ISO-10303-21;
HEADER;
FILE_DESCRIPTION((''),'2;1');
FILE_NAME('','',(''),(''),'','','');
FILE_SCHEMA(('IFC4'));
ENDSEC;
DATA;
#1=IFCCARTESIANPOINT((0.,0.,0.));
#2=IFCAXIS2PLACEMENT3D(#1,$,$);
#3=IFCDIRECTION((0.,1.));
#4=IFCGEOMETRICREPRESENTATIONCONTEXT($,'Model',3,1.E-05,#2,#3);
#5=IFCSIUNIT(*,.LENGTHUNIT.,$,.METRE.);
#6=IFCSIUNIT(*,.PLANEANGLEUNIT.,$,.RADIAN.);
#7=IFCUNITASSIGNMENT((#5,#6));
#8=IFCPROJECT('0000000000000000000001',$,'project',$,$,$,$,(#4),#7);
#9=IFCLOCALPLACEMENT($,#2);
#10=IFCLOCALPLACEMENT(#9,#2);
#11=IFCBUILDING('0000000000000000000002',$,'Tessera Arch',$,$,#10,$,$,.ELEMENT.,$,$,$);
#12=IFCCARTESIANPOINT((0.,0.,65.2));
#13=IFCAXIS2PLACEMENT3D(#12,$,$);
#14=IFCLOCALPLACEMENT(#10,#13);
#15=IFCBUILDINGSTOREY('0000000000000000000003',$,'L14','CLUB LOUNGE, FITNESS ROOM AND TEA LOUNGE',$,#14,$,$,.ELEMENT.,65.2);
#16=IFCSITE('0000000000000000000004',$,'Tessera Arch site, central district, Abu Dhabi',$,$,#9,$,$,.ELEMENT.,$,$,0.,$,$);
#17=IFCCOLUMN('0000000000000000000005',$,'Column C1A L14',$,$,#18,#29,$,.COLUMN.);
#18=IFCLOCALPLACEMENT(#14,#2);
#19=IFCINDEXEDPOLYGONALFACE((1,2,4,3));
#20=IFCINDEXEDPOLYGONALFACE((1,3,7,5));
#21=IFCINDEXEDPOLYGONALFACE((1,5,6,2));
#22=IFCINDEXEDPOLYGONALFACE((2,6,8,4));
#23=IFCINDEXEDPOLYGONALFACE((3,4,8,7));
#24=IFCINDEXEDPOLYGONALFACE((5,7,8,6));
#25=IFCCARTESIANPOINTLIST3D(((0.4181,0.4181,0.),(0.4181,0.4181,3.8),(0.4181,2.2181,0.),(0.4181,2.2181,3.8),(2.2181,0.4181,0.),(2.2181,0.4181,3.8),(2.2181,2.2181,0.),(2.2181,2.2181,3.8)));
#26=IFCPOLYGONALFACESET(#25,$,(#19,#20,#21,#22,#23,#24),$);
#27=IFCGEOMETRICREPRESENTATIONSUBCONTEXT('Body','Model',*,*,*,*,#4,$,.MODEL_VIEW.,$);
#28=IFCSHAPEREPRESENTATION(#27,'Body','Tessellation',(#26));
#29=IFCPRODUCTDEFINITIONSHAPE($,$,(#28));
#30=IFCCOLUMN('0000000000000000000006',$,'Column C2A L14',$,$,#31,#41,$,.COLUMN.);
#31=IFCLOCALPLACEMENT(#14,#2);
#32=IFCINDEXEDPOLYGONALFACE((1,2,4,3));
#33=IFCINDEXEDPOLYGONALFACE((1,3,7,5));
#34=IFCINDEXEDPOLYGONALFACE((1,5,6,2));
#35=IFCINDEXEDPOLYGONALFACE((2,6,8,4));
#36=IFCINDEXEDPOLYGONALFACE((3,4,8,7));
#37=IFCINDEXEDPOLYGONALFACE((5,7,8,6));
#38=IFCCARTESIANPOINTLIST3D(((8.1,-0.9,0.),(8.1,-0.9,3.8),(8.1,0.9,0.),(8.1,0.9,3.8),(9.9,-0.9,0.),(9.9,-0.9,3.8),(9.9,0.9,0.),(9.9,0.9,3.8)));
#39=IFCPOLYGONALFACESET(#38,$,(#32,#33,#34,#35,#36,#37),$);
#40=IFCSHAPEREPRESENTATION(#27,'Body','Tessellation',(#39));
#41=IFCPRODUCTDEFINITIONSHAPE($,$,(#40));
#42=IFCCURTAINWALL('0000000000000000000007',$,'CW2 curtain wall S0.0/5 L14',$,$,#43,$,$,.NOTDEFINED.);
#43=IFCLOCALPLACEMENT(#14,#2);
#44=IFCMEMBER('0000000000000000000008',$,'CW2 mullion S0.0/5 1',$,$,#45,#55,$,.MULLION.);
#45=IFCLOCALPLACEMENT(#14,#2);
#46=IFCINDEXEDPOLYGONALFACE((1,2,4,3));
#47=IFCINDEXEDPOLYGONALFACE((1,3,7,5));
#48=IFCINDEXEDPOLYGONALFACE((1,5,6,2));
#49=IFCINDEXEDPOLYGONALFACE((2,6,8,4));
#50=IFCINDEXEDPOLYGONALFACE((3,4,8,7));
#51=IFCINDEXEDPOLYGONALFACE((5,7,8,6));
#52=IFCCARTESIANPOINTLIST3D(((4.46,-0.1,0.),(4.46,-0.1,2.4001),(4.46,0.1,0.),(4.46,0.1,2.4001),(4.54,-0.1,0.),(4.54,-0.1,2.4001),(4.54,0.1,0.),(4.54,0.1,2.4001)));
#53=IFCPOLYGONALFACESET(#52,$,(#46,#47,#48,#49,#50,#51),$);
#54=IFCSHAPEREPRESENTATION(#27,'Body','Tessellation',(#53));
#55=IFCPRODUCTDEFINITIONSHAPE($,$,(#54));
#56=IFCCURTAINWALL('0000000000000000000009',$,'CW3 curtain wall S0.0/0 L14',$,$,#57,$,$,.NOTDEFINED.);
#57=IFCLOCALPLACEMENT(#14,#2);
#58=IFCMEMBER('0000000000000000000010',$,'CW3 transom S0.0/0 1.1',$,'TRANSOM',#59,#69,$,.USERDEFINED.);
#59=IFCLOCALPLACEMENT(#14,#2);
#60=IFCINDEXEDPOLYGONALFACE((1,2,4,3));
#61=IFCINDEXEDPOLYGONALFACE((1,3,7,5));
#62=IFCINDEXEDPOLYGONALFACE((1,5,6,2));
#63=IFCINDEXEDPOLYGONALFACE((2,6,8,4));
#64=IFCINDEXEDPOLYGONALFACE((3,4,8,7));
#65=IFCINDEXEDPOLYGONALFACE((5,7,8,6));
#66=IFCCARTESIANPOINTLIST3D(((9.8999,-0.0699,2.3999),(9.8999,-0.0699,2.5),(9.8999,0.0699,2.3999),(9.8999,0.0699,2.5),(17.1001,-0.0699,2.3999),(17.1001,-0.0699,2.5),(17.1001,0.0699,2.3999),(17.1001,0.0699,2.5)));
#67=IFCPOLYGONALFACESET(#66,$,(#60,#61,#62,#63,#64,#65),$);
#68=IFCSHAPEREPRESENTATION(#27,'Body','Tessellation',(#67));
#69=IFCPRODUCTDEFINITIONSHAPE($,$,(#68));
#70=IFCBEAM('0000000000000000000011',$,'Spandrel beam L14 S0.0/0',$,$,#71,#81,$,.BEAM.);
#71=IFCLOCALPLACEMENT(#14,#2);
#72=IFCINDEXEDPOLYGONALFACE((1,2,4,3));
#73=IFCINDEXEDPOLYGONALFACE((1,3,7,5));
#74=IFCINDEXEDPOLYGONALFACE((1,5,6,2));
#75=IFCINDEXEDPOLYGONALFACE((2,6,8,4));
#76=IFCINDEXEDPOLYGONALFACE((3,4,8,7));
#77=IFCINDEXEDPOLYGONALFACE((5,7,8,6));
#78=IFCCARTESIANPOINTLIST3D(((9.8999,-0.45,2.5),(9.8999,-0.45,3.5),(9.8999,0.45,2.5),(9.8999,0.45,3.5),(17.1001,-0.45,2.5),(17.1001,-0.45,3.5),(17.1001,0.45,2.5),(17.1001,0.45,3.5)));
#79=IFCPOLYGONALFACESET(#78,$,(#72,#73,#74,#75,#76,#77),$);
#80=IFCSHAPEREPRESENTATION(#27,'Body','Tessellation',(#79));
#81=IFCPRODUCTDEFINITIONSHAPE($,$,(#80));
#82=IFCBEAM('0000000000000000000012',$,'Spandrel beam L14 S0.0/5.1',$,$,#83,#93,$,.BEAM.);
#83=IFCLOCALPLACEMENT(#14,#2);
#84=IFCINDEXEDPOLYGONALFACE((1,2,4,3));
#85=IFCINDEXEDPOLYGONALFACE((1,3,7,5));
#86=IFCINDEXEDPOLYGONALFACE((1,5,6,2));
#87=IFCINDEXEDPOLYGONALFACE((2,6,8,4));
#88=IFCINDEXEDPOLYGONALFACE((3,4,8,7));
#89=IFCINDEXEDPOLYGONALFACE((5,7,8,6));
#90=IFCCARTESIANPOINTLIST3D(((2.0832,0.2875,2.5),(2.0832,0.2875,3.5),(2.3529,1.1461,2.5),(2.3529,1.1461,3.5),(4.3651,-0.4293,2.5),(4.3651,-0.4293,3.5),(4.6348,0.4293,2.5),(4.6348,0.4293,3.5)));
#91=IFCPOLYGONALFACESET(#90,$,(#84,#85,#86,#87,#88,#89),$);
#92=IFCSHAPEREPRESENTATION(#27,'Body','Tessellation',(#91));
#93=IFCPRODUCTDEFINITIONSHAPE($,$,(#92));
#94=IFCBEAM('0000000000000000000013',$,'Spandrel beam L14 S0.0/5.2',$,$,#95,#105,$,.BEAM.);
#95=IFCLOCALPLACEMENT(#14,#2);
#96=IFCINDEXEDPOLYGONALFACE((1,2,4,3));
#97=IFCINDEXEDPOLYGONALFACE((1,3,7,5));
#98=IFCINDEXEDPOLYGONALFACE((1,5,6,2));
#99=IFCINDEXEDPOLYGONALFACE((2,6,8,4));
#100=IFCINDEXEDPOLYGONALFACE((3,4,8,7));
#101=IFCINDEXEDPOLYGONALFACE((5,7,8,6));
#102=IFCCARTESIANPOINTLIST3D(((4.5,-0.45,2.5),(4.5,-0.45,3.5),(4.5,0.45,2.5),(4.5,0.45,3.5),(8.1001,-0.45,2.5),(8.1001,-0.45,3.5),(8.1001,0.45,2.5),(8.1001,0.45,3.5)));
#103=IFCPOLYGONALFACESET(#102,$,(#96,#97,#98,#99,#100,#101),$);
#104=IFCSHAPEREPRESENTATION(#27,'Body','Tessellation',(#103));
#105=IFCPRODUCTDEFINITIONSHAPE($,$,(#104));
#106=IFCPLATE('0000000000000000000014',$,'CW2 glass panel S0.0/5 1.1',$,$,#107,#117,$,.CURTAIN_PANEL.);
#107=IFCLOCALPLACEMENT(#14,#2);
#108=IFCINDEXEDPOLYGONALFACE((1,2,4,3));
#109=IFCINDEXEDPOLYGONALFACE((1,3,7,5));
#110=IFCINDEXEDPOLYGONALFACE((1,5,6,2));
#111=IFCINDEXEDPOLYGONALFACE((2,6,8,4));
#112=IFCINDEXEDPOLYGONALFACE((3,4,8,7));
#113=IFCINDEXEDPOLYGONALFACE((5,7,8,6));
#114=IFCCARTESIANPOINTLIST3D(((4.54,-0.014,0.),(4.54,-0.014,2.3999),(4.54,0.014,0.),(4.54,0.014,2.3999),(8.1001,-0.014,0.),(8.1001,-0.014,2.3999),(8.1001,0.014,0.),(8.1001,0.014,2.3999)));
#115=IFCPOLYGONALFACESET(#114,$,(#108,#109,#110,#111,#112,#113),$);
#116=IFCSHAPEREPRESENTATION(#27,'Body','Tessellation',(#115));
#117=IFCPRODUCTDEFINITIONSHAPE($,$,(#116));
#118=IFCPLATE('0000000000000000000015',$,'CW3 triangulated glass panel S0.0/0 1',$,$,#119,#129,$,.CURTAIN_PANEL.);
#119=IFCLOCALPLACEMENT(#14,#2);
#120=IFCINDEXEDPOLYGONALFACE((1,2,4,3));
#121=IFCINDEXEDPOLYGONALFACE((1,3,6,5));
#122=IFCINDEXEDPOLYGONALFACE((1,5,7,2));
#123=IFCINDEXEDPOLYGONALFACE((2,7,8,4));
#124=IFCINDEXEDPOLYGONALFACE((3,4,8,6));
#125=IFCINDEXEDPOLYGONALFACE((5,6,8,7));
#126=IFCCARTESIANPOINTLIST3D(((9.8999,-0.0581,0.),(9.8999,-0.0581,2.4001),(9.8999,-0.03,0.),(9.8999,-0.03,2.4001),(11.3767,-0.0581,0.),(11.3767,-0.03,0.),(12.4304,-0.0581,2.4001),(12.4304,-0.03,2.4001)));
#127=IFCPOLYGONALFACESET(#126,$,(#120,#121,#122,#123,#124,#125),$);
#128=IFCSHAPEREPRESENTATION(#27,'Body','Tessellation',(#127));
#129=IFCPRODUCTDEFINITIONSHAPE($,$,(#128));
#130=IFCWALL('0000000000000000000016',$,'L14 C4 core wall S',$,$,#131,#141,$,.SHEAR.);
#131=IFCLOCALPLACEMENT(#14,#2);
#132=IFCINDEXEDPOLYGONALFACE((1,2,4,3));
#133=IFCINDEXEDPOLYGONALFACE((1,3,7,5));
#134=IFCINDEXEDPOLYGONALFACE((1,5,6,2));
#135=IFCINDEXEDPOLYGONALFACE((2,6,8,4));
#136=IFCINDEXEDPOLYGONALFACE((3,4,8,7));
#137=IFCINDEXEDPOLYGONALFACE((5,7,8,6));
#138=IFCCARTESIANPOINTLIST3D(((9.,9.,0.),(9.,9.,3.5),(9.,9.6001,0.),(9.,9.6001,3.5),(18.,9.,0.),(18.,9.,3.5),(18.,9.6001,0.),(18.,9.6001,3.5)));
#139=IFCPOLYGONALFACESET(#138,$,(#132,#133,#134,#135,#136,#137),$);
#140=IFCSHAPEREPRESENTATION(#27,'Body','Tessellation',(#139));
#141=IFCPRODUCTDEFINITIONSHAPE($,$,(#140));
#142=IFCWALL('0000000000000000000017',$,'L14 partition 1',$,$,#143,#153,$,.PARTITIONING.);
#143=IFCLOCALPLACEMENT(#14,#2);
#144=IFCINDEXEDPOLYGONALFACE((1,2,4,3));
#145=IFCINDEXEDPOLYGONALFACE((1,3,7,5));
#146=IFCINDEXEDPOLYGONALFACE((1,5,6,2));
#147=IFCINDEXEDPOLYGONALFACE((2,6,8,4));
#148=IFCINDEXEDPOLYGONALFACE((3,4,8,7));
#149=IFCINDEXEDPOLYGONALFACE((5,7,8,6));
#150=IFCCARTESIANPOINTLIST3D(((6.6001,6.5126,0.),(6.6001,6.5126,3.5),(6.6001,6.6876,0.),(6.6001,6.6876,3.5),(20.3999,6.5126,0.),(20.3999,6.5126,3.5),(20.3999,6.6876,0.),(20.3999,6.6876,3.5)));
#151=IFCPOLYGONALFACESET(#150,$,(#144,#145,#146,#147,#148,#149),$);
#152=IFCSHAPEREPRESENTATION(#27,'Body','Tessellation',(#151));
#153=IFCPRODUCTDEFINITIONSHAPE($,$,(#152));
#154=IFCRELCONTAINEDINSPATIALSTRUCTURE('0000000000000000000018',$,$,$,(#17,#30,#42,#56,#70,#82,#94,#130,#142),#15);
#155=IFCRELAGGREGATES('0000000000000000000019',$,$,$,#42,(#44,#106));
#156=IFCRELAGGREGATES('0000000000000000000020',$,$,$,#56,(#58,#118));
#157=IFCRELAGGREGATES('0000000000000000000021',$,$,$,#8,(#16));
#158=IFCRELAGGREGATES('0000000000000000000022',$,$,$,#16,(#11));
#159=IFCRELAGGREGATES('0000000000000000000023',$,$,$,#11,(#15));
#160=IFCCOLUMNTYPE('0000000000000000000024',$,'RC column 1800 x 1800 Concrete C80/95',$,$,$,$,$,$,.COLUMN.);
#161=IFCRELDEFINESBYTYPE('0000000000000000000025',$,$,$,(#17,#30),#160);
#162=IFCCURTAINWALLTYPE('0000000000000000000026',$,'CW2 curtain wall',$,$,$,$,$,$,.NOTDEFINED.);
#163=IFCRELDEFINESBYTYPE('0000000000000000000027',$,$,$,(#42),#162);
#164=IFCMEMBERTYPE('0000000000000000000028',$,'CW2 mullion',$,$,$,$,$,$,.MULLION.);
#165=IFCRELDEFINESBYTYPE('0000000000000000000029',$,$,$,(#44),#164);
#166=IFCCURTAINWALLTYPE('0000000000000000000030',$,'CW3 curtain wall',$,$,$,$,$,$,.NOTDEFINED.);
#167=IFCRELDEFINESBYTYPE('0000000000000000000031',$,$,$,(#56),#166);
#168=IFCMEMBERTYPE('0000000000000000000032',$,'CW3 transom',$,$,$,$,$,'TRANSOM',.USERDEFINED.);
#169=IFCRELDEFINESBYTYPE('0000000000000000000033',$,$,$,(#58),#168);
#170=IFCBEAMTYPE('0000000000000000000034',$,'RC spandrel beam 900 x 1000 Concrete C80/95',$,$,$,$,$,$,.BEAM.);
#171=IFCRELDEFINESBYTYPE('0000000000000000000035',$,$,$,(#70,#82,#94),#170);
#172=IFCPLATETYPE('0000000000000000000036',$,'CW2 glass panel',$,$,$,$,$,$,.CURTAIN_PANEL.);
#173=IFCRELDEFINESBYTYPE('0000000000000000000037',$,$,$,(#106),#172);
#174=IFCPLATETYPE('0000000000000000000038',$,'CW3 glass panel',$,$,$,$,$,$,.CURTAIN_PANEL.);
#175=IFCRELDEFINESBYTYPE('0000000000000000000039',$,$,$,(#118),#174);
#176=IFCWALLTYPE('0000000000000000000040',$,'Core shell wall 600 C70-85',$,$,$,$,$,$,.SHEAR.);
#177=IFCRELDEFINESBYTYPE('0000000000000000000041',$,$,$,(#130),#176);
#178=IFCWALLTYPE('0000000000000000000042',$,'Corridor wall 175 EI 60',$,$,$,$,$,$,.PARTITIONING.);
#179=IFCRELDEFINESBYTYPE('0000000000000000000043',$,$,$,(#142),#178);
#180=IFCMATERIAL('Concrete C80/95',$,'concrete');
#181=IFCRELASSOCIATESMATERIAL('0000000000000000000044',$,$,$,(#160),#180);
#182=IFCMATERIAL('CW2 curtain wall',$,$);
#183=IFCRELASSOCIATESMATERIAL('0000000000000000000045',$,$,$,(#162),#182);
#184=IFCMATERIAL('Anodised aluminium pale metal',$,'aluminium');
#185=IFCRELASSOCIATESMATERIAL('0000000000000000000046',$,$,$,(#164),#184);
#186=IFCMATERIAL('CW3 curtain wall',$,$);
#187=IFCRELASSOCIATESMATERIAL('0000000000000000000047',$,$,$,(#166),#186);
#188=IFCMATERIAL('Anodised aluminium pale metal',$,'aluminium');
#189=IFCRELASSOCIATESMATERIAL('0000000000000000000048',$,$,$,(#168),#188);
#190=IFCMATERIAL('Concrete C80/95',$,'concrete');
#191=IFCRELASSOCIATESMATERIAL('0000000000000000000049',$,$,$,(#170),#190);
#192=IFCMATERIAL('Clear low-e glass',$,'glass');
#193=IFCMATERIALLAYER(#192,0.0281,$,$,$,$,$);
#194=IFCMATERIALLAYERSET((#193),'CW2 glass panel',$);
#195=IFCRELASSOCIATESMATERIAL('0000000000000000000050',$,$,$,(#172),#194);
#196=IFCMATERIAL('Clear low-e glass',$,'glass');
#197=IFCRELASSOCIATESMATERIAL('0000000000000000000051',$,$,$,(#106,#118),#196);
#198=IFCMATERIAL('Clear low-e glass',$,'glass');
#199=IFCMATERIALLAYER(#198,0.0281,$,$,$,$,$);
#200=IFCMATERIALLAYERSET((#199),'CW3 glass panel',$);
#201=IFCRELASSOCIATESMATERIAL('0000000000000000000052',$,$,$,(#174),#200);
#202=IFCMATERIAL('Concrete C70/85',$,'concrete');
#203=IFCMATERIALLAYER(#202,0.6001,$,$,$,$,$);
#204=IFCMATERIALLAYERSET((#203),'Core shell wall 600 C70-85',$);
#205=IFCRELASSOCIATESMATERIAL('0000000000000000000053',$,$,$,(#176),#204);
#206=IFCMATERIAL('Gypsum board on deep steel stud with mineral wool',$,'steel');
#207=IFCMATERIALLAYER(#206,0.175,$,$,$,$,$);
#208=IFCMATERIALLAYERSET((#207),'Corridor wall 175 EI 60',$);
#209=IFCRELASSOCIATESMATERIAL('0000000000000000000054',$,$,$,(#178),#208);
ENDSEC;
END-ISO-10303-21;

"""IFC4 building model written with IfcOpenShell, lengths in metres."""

from ifc_helpers import new_model, si_unit, direction, frame, frame_2d, origin, origin_2d, place, context, subcontext, project, spatial, polyline, rectangle, outline, extrude, material, layer, layer_set, material_profile, profile_set, type_object, element, aggregate, save


model = new_model("IFC4")

# Units and contexts
model_context = context("Model", 3, precision=1e-05, world=origin(), true_north=direction((0.0, 1.0)))
body_context = subcontext(model_context, "Body", "Model", "MODEL_VIEW")
ifc_project = project(units=[si_unit("LENGTHUNIT", "METRE"), si_unit("PLANEANGLEUNIT", "RADIAN")], contexts=[model_context])

# Site, building, storey
site_placement = place(None, origin())
site = spatial("IfcSite", under=ifc_project, at=site_placement, Name="Tessera Arch site, central district, Abu Dhabi", CompositionType="ELEMENT", RefElevation=0.0)
building_placement = place(site_placement, origin())
building = spatial("IfcBuilding", under=site, at=building_placement, Name="Tessera Arch", CompositionType="ELEMENT")
storey_placement = place(building_placement, frame((0.0, 0.0, 65.2)))
storey = spatial("IfcBuildingStorey", under=building, at=storey_placement, Name="L14", Description="CLUB LOUNGE, FITNESS ROOM AND TEA LOUNGE", CompositionType="ELEMENT", Elevation=65.2)

# Columns
ifc_material_1 = material(Name="Concrete C80/95", Category="concrete")
ifc_material_profile_1 = material_profile(ifc_material_1, rectangle(XDim=1.8, YDim=1.8, at=origin_2d()), Name="RC column 1800 x 1800 Concrete C80/95")
ifc_profile_set_1 = profile_set([ifc_material_profile_1], Name="Concrete C80/95")
column_type = type_object("IfcColumnType", Name="RC column 1800 x 1800 Concrete C80/95", PredefinedType="COLUMN", material=ifc_profile_set_1)
for number, where, z_axis, x_axis, name in (
    (1, (1.3181, 1.3181, 0.0), (0.0, 0.0, 1.0), (1.0, 0.0, 0.0), "Column C1A L14"),
    (2, (9.0, 0.0, 0.0), (0.0, 0.0, 1.0), (1.0, 0.0, 0.0), "Column C2A L14"),
):
    element("IfcColumn", number, at=place(storey_placement, frame(where, z_axis=z_axis, x_axis=x_axis)), inside=storey, type_object=column_type, Name=name, PredefinedType="COLUMN", context=body_context, shape_type="SweptSolid", body=[
        extrude(rectangle(XDim=1.8, YDim=1.8, at=origin_2d()), origin(), (0.0, 0.0, 1.0), 3.8),
    ])

# Curtain walls, members
ifc_material_2 = material(Name="CW2 curtain wall")
curtain_wall_type_1 = type_object("IfcCurtainWallType", Name="CW2 curtain wall", PredefinedType="NOTDEFINED", material=ifc_material_2)
curtain_wall_1_placement = place(storey_placement, origin())
curtain_wall_1 = element("IfcCurtainWall", 3, at=curtain_wall_1_placement, inside=storey, type_object=curtain_wall_type_1, Name="CW2 curtain wall S0.0/5 L14", PredefinedType="NOTDEFINED")
ifc_material_3 = material(Name="Anodised aluminium pale metal", Category="aluminium")
ifc_material_profile_2 = material_profile(ifc_material_3, rectangle(XDim=0.2, YDim=0.0801, at=origin_2d()), Name="AL 80x200")
ifc_profile_set_2 = profile_set([ifc_material_profile_2], Name="Anodised aluminium pale metal")
member_type_1 = type_object("IfcMemberType", Name="CW2 mullion", PredefinedType="MULLION", material=ifc_profile_set_2)
member_1_placement = place(storey_placement, frame((4.5, 0.0, 0.0), z_axis=(0.0, 0.0, 1.0), x_axis=(0.0, 1.0, 0.0)))
member_1 = element("IfcMember", 4, at=member_1_placement, type_object=member_type_1, Name="CW2 mullion S0.0/5 1", PredefinedType="MULLION", context=body_context, shape_type="SweptSolid", body=[
    extrude(rectangle(XDim=0.2, YDim=0.0801, at=origin_2d()), origin(), (0.0, 0.0, 1.0), 2.4001),
])
ifc_material_4 = material(Name="CW3 curtain wall")
curtain_wall_type_2 = type_object("IfcCurtainWallType", Name="CW3 curtain wall", PredefinedType="NOTDEFINED", material=ifc_material_4)
curtain_wall_2_placement = place(storey_placement, origin())
curtain_wall_2 = element("IfcCurtainWall", 5, at=curtain_wall_2_placement, inside=storey, type_object=curtain_wall_type_2, Name="CW3 curtain wall S0.0/0 L14", PredefinedType="NOTDEFINED")
ifc_material_5 = material(Name="Anodised aluminium pale metal", Category="aluminium")
ifc_material_profile_3 = material_profile(ifc_material_5, rectangle(XDim=0.1399, YDim=0.1001, at=origin_2d()), Name="AL 140x100")
ifc_profile_set_3 = profile_set([ifc_material_profile_3], Name="Anodised aluminium pale metal")
member_type_2 = type_object("IfcMemberType", Name="CW3 transom", ElementType="TRANSOM", PredefinedType="USERDEFINED", material=ifc_profile_set_3)
member_2_placement = place(storey_placement, frame((9.8999, 0.0, 2.45), z_axis=(1.0, 0.0, 0.0), x_axis=(0.0, 1.0, 0.0)))
member_2 = element("IfcMember", 6, at=member_2_placement, type_object=member_type_2, Name="CW3 transom S0.0/0 1.1", ObjectType="TRANSOM", PredefinedType="USERDEFINED", context=body_context, shape_type="SweptSolid", body=[
    extrude(rectangle(XDim=0.1399, YDim=0.1001, at=origin_2d()), origin(), (0.0, 0.0, 1.0), 7.2002),
])

# Beams
ifc_material_6 = material(Name="Concrete C80/95", Category="concrete")
ifc_material_profile_4 = material_profile(ifc_material_6, rectangle(XDim=0.8999, YDim=1.0, at=origin_2d()), Name="RC spandrel beam 900 x 1000 Concrete C80/95")
ifc_profile_set_4 = profile_set([ifc_material_profile_4], Name="Concrete C80/95")
beam_type = type_object("IfcBeamType", Name="RC spandrel beam 900 x 1000 Concrete C80/95", PredefinedType="BEAM", material=ifc_profile_set_4)
beam_1_placement = place(storey_placement, frame((9.8999, 0.0, 3.0), z_axis=(1.0, 0.0, 0.0), x_axis=(0.0, 1.0, 0.0)))
element("IfcBeam", 7, at=beam_1_placement, inside=storey, type_object=beam_type, Name="Spandrel beam L14 S0.0/0", PredefinedType="BEAM", context=body_context, shape_type="SweptSolid", body=[
    extrude(rectangle(XDim=0.8999, YDim=1.0, at=origin_2d()), origin(), (0.0, 0.0, 1.0), 7.2002),
])
beam_2_placement = place(storey_placement, frame((2.218, 0.7168, 3.0), z_axis=(0.954041, -0.299675, 0.0), x_axis=(0.299675, 0.954041, 0.0)))
element("IfcBeam", 8, at=beam_2_placement, inside=storey, type_object=beam_type, Name="Spandrel beam L14 S0.0/5.1", PredefinedType="BEAM", context=body_context, shape_type="SweptSolid", body=[
    extrude(rectangle(XDim=0.8999, YDim=1.0, at=origin_2d()), origin(), (0.0, 0.0, 1.0), 2.3918),
])
beam_3_placement = place(storey_placement, frame((4.5, 0.0, 3.0), z_axis=(1.0, 0.0, 0.0), x_axis=(0.0, 1.0, 0.0)))
element("IfcBeam", 9, at=beam_3_placement, inside=storey, type_object=beam_type, Name="Spandrel beam L14 S0.0/5.2", PredefinedType="BEAM", context=body_context, shape_type="SweptSolid", body=[
    extrude(rectangle(XDim=0.8999, YDim=1.0, at=origin_2d()), origin(), (0.0, 0.0, 1.0), 3.6001),
])

# Plates
ifc_material_7 = material(Name="Clear low-e glass", Category="glass")
ifc_material_8 = material(Name="Clear low-e glass", Category="glass")
ifc_layer_1 = layer(ifc_material_8, 0.0281)
ifc_layer_set_1 = layer_set([ifc_layer_1], Name="CW2 glass panel")
plate_type_1 = type_object("IfcPlateType", Name="CW2 glass panel", PredefinedType="CURTAIN_PANEL", material=ifc_layer_set_1)
plate_1_placement = place(storey_placement, frame((6.3201, 0.0, 0.0), z_axis=(0.0, 0.0, 1.0), x_axis=(1.0, 0.0, 0.0)))
plate_1 = element("IfcPlate", 10, at=plate_1_placement, type_object=plate_type_1, material=ifc_material_7, Name="CW2 glass panel S0.0/5 1.1", PredefinedType="CURTAIN_PANEL", context=body_context, shape_type="SweptSolid", body=[
    extrude(rectangle(XDim=3.5601, YDim=0.0281, at=origin_2d()), origin(), (0.0, 0.0, 1.0), 2.3999),
])
aggregate(curtain_wall_1, [member_1, plate_1])
ifc_material_9 = material(Name="Clear low-e glass", Category="glass")
ifc_layer_2 = layer(ifc_material_9, 0.0281)
ifc_layer_set_2 = layer_set([ifc_layer_2], Name="CW3 glass panel")
plate_type_2 = type_object("IfcPlateType", Name="CW3 glass panel", PredefinedType="CURTAIN_PANEL", material=ifc_layer_set_2)
plate_2_placement = place(storey_placement, frame((9.8999, -0.0581, 0.0), z_axis=(0.0, -1.0, 0.0), x_axis=(1.0, 0.0, 0.0)))
plate_2 = element("IfcPlate", 11, at=plate_2_placement, type_object=plate_type_2, material=ifc_material_7, Name="CW3 triangulated glass panel S0.0/0 1", PredefinedType="CURTAIN_PANEL", context=body_context, shape_type="SweptSolid", body=[
    extrude(outline(polyline([(0.0, 0.0), (1.4768, 0.0), (2.5305, 2.4001), (0.0, 2.4001), (0.0, 0.0)])), origin(), (0.0, 0.0, -1.0), 0.0281),
])
aggregate(curtain_wall_2, [member_2, plate_2])

# Walls
ifc_material_10 = material(Name="Concrete C70/85", Category="concrete")
ifc_layer_3 = layer(ifc_material_10, 0.6001)
ifc_layer_set_3 = layer_set([ifc_layer_3], Name="Core shell wall 600 C70-85")
wall_type_1 = type_object("IfcWallType", Name="Core shell wall 600 C70-85", PredefinedType="SHEAR", material=ifc_layer_set_3)
wall_1_placement = place(storey_placement, frame((9.0, 9.3, 0.0), z_axis=(0.0, 0.0, 1.0), x_axis=(1.0, 0.0, 0.0)))
element("IfcWall", 12, at=wall_1_placement, inside=storey, type_object=wall_type_1, Name="L14 C4 core wall S", PredefinedType="SHEAR", context=body_context, shape_type="SweptSolid", body=[
    extrude(rectangle(XDim=9.0, YDim=0.6001, at=frame_2d((4.5, 0.0))), origin(), (0.0, 0.0, 1.0), 3.5),
])
ifc_material_11 = material(Name="Gypsum board on deep steel stud with mineral wool", Category="steel")
ifc_layer_4 = layer(ifc_material_11, 0.175)
ifc_layer_set_4 = layer_set([ifc_layer_4], Name="Corridor wall 175 EI 60")
wall_type_2 = type_object("IfcWallType", Name="Corridor wall 175 EI 60", PredefinedType="PARTITIONING", material=ifc_layer_set_4)
wall_2_placement = place(storey_placement, frame((6.6001, 6.6001, 0.0), z_axis=(0.0, 0.0, 1.0), x_axis=(1.0, 0.0, 0.0)))
element("IfcWall", 13, at=wall_2_placement, inside=storey, type_object=wall_type_2, Name="L14 partition 1", PredefinedType="PARTITIONING", context=body_context, shape_type="SweptSolid", body=[
    extrude(rectangle(XDim=13.7998, YDim=0.175, at=frame_2d((6.8999, 0.0))), origin(), (0.0, 0.0, 1.0), 3.5),
])

save(model, "model.ifc")
